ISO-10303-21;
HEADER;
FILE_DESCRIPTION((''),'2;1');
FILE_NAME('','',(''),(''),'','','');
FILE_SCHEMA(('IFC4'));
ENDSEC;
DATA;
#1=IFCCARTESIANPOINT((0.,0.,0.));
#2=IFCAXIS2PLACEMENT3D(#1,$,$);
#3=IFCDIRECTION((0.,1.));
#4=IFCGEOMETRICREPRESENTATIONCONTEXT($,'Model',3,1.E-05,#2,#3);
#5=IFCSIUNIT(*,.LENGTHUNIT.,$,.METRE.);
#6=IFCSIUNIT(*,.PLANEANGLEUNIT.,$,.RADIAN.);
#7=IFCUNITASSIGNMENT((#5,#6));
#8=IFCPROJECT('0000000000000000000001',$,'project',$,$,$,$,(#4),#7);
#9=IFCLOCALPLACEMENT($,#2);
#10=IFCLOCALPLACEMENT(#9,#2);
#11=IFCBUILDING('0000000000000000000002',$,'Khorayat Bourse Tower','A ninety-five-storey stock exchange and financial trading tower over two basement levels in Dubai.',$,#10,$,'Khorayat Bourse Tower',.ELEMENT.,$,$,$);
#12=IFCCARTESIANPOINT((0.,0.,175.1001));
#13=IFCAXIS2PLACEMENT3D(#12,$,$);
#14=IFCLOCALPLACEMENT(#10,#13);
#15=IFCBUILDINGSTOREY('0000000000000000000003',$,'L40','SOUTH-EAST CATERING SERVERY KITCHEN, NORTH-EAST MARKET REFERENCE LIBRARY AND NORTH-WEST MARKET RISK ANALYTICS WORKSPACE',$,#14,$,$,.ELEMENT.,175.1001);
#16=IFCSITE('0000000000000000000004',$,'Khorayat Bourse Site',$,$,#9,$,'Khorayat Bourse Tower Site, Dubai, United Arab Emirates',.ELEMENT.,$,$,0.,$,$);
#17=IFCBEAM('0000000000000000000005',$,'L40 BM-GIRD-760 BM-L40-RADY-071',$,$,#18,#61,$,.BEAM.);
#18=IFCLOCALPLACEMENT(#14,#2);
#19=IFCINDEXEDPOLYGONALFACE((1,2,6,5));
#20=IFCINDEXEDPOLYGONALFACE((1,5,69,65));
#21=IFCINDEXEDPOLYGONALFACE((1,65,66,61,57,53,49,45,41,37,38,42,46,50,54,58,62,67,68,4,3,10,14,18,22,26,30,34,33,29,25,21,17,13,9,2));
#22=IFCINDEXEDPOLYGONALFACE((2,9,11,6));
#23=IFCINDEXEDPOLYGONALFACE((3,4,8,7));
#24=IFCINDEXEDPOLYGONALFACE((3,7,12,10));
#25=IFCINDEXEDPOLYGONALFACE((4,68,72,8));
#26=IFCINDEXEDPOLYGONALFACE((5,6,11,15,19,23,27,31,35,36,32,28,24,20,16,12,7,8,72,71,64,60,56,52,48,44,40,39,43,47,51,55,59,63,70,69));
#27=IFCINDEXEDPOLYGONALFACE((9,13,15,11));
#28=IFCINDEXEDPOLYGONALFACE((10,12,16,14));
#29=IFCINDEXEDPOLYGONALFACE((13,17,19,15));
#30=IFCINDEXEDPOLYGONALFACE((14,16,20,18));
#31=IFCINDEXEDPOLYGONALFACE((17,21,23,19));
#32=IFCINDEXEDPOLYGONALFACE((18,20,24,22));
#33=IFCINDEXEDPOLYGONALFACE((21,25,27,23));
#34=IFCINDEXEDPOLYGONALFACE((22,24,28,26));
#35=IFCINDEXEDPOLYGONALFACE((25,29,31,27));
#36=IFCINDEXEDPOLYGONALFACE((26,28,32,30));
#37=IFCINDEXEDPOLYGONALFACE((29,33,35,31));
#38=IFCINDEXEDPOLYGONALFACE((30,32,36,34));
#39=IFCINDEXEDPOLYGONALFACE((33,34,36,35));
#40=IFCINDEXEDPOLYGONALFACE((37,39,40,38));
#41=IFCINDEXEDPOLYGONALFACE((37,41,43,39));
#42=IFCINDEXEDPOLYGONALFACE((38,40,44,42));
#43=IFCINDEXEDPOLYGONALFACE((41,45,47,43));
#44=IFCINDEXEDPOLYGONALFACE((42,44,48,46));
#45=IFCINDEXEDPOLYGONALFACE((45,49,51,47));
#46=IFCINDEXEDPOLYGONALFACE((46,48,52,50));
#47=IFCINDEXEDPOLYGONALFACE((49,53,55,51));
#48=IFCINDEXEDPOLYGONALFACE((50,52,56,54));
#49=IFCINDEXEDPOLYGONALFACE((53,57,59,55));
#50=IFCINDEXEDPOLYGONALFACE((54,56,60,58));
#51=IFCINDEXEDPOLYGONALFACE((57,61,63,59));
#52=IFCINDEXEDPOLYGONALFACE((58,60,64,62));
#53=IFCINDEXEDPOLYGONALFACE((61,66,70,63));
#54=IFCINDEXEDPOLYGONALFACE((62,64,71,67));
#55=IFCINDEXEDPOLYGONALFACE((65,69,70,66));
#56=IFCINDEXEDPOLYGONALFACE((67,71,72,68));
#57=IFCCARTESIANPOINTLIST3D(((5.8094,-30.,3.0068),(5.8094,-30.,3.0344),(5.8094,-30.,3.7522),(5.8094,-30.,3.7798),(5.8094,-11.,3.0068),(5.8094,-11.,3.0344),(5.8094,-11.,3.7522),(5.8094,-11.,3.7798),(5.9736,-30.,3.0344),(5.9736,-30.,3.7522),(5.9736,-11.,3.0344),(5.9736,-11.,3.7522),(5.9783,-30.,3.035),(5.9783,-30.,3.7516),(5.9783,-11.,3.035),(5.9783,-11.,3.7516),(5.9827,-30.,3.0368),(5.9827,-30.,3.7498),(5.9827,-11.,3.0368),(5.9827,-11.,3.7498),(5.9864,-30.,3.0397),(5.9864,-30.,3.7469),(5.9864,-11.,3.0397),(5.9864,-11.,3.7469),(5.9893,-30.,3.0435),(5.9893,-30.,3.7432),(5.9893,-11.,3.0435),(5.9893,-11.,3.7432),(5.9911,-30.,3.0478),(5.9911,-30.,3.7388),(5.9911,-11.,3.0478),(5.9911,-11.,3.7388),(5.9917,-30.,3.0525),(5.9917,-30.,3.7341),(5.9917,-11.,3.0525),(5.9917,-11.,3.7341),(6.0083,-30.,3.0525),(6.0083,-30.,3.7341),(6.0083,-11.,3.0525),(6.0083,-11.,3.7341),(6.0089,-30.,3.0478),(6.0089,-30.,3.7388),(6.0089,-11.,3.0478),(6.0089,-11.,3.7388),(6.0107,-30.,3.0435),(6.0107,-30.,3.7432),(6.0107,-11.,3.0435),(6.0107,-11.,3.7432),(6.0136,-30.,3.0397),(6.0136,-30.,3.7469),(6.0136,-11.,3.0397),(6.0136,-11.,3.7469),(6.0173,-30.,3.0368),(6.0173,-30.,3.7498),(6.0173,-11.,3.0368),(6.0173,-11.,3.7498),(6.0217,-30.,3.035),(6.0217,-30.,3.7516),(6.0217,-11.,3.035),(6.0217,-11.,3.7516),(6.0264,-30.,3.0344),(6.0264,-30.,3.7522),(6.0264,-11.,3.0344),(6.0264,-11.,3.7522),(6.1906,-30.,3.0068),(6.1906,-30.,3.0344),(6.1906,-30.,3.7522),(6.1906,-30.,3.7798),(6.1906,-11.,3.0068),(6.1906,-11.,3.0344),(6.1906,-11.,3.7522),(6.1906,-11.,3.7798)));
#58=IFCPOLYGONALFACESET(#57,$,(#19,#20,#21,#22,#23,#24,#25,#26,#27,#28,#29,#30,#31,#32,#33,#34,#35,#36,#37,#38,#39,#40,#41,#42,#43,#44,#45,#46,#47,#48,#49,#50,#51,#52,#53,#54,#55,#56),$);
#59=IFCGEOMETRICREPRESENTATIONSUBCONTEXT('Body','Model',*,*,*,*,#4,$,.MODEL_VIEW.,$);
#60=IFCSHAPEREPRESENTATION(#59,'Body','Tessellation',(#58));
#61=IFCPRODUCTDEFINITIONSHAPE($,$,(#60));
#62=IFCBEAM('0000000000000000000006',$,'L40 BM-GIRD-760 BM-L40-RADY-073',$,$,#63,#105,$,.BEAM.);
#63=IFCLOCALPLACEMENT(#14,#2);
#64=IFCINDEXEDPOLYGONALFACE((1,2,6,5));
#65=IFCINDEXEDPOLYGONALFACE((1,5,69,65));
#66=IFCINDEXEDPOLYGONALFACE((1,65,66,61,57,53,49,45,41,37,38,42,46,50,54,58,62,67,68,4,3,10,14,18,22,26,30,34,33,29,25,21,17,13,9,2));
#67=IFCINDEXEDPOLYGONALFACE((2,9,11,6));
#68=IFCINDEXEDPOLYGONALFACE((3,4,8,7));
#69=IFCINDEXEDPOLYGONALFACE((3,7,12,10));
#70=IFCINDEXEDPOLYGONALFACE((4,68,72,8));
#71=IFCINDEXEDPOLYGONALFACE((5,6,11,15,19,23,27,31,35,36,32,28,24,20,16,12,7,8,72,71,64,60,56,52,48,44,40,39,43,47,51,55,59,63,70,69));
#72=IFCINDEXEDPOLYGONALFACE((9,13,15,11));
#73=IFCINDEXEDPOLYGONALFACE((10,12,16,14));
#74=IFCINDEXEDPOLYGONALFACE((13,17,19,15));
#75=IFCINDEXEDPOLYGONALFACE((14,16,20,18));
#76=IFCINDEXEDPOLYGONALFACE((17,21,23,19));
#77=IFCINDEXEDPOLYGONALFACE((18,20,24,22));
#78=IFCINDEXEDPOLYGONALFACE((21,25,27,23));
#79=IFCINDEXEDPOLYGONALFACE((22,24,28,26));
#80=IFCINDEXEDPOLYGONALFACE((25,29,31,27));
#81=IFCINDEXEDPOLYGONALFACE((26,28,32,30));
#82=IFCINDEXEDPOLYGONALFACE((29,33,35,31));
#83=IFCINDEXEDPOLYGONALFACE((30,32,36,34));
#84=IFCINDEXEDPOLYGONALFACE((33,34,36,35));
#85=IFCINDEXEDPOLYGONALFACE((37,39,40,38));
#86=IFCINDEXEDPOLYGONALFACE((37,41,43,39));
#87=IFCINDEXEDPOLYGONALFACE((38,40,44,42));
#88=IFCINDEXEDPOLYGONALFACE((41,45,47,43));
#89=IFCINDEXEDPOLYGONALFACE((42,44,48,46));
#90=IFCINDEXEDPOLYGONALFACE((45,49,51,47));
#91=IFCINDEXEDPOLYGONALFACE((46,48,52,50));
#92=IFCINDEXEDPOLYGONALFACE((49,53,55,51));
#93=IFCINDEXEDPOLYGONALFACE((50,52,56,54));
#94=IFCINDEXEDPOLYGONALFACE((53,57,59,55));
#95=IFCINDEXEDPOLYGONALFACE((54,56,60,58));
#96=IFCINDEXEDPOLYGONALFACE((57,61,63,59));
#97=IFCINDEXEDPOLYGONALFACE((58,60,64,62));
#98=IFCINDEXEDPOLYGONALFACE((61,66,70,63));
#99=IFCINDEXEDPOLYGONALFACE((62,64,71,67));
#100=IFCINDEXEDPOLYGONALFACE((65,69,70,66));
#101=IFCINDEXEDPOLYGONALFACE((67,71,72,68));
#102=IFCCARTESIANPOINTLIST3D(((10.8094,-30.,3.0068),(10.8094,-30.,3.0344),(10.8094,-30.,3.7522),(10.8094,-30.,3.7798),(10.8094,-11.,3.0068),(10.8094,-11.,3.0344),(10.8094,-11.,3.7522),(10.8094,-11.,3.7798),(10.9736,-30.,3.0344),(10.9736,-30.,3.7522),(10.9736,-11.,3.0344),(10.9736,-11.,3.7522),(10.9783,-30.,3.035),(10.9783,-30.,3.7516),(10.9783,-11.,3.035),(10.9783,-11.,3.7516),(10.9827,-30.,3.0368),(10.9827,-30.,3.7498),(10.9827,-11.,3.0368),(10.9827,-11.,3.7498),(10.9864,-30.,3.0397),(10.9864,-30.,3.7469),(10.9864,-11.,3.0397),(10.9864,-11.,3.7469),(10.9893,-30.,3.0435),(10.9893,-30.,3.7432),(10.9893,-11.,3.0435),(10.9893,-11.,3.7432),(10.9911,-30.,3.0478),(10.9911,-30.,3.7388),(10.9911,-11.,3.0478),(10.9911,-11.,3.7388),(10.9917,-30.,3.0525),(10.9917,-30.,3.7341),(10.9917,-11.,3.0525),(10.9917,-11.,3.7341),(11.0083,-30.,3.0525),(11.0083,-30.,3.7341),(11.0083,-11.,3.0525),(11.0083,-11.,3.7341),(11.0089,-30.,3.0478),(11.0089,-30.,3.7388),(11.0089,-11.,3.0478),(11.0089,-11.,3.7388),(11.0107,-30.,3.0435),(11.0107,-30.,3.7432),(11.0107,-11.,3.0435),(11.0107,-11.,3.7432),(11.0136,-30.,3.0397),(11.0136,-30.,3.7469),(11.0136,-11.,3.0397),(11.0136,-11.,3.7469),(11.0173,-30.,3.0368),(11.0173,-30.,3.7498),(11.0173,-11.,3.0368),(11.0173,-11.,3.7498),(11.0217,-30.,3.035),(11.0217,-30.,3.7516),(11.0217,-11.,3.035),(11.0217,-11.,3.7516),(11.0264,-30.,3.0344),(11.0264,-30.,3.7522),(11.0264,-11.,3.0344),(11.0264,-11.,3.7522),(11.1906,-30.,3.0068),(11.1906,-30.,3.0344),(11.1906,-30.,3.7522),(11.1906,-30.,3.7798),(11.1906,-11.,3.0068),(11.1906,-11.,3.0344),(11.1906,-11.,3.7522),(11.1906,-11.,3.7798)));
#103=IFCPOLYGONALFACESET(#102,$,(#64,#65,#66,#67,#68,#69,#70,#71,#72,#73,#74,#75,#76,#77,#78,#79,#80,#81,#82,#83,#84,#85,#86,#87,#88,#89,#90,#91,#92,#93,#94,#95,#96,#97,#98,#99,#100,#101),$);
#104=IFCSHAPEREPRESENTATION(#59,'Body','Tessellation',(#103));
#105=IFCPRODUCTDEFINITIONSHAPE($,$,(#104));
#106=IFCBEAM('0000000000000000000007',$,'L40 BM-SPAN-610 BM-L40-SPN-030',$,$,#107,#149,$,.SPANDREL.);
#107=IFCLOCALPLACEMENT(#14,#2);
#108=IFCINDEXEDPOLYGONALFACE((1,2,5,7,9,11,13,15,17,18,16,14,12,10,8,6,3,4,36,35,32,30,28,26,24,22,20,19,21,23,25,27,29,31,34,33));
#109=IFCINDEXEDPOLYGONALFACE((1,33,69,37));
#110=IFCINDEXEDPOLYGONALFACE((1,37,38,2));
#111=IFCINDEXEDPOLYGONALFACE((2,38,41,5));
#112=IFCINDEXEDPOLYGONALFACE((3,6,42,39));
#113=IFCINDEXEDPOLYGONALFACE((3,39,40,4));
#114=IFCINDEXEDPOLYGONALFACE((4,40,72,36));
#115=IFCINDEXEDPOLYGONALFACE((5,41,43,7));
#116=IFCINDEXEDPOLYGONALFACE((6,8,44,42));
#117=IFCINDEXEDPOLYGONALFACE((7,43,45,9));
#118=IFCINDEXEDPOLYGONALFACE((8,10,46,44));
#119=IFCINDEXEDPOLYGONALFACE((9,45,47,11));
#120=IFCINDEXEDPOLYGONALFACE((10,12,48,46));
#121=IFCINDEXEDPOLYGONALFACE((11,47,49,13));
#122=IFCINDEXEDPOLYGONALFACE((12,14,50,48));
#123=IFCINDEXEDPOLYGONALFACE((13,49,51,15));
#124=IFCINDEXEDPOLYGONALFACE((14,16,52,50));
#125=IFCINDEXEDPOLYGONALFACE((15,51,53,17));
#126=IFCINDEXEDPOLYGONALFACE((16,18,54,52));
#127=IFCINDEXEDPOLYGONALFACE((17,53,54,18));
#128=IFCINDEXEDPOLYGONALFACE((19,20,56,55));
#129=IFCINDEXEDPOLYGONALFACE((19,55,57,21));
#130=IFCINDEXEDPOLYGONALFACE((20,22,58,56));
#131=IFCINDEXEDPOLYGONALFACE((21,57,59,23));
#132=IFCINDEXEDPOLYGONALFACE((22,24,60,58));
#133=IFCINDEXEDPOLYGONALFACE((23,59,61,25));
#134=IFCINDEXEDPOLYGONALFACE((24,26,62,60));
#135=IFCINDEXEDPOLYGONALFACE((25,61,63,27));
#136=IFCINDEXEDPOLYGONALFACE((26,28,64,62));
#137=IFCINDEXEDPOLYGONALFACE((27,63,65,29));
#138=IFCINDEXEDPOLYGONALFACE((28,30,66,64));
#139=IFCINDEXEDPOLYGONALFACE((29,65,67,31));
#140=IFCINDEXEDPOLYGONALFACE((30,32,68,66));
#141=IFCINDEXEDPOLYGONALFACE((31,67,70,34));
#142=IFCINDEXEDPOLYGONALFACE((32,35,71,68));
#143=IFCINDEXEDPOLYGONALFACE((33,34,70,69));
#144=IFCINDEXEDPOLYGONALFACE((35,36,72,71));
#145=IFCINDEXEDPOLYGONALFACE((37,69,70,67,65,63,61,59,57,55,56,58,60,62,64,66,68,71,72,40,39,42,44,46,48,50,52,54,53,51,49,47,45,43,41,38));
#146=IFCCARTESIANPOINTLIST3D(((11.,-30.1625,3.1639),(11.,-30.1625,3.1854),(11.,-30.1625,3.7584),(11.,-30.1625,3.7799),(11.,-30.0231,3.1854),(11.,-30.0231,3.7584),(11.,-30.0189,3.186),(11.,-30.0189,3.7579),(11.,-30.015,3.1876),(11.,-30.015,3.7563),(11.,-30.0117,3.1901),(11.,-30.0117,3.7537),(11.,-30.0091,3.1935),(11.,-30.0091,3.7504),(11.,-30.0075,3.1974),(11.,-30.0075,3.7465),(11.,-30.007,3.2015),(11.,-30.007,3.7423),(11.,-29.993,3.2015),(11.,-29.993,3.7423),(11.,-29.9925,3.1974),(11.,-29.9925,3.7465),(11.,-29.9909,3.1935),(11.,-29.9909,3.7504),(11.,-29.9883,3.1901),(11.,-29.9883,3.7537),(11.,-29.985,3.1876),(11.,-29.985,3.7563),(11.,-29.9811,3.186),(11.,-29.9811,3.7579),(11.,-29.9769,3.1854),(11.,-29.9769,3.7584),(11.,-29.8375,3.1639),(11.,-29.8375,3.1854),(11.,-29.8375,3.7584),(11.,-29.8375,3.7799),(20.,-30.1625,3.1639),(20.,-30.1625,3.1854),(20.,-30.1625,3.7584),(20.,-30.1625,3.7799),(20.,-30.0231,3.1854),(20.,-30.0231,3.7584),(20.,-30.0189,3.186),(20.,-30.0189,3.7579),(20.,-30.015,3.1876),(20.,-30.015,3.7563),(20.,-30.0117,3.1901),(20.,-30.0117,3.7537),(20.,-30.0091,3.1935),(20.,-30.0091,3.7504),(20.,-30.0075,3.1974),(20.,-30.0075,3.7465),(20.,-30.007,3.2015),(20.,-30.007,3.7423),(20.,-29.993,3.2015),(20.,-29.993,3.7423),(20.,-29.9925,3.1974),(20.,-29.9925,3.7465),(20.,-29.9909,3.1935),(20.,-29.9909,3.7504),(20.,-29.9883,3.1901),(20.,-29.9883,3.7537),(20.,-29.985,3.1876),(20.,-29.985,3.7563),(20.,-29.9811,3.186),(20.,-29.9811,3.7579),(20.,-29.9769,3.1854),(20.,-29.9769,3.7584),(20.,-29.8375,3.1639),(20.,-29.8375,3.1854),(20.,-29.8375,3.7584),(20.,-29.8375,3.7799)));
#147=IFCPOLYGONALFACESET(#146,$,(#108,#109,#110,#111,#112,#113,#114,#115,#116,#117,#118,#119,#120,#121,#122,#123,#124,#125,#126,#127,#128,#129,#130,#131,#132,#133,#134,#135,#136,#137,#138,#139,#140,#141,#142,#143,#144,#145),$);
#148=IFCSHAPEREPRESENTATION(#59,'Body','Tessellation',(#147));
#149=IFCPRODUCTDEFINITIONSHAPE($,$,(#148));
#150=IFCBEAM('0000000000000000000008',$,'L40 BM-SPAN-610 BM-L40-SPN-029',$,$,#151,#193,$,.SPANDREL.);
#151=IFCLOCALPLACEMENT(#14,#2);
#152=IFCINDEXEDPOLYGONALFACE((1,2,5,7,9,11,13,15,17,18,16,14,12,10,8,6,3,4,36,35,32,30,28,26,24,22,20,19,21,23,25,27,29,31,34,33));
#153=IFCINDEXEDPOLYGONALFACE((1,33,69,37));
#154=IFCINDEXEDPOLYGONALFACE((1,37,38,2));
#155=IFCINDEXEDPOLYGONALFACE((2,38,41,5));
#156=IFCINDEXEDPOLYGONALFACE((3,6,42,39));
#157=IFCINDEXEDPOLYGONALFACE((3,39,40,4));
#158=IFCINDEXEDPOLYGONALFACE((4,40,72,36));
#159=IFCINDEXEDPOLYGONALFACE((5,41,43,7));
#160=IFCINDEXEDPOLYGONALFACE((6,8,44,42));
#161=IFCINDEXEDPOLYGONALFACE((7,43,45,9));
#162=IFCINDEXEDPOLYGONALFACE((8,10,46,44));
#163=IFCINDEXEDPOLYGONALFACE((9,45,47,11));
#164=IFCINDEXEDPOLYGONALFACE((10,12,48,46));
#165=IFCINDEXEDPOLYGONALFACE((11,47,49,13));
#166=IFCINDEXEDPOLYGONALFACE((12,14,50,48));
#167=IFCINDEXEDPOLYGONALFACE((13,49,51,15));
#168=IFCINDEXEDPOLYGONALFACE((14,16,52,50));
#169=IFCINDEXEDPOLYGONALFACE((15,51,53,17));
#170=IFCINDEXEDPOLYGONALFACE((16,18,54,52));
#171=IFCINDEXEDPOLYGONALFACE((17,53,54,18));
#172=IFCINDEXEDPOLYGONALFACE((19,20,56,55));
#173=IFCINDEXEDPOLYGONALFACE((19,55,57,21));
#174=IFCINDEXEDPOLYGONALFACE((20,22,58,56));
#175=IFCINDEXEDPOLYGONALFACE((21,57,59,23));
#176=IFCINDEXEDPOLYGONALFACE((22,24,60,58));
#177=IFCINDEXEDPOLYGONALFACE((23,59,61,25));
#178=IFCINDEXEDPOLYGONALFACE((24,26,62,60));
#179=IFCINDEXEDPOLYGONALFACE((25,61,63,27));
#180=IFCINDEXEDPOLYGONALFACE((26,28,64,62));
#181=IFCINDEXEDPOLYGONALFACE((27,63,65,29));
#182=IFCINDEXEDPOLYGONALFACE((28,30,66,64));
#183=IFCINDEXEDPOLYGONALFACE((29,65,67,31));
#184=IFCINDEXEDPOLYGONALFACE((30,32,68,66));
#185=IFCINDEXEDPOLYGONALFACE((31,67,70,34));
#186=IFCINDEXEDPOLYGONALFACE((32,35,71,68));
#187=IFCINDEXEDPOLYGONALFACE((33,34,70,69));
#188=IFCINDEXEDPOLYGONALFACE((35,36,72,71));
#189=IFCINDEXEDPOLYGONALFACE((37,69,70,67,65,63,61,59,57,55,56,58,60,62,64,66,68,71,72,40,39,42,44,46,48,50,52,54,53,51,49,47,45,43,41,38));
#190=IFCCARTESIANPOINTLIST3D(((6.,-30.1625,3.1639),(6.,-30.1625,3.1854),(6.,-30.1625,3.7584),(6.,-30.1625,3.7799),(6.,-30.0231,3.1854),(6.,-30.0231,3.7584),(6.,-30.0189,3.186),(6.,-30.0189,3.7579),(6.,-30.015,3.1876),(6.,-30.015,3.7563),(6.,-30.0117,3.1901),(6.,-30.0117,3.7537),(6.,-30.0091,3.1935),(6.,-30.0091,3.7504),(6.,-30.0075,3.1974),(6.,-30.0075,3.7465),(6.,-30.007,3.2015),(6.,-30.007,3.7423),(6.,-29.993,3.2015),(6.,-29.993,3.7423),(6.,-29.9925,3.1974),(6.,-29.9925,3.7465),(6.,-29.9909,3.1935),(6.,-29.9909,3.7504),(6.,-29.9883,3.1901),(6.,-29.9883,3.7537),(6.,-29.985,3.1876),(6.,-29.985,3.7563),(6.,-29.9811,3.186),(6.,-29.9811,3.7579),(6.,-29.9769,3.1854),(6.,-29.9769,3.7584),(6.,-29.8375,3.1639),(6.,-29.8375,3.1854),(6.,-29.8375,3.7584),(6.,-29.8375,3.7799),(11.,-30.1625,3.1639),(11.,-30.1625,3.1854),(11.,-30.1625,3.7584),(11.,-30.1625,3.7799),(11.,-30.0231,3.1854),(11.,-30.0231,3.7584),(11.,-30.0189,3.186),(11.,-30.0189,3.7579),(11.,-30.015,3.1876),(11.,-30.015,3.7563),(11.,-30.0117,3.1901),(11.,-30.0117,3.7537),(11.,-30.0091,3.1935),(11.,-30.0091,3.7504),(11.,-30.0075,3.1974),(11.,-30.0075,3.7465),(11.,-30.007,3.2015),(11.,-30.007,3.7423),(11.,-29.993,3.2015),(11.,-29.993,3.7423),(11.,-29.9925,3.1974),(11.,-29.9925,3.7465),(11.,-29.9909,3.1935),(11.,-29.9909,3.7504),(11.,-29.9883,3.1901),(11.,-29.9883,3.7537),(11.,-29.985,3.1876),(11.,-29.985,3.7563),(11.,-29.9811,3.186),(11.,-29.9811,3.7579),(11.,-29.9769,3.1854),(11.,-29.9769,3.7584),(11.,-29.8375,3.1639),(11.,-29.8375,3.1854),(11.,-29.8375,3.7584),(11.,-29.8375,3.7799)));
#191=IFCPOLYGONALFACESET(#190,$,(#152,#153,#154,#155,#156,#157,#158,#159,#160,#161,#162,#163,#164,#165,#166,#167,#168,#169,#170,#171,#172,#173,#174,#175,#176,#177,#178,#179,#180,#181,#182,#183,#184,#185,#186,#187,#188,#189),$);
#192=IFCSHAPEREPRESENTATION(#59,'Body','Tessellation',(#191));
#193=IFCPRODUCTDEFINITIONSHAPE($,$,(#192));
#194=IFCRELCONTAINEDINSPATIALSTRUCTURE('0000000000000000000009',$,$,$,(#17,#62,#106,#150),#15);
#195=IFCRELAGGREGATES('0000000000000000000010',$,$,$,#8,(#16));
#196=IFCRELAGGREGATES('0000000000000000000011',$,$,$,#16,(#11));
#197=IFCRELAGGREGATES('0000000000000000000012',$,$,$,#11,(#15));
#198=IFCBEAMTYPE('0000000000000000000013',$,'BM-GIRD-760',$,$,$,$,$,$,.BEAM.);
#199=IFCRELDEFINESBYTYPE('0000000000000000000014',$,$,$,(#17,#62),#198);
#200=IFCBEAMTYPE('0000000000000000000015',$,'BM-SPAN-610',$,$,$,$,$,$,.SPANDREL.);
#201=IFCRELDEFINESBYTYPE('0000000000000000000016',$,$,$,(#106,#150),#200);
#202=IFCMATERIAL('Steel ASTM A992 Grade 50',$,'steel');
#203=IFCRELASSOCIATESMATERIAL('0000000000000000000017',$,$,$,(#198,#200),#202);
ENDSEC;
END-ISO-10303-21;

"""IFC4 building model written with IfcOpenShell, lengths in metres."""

from ifc_helpers import new_model, si_unit, direction, frame, origin, origin_2d, place, context, subcontext, project, spatial, i_section, extrude, source, transform, mapped, material, material_profile, profile_set, type_object, element, save


model = new_model("IFC4")

# Units and contexts
model_context = context("Model", 3, precision=1e-05, world=origin(), true_north=direction((0.0, 1.0)))
body_context = subcontext(model_context, "Body", "Model", "MODEL_VIEW")
ifc_project = project(units=[si_unit("LENGTHUNIT", "METRE"), si_unit("PLANEANGLEUNIT", "RADIAN")], contexts=[model_context])

# Site, building, storey
site_placement = place(None, origin())
site = spatial("IfcSite", under=ifc_project, at=site_placement, Name="Khorayat Bourse Site", LongName="Khorayat Bourse Tower Site, Dubai, United Arab Emirates", CompositionType="ELEMENT", RefElevation=0.0)
building_placement = place(site_placement, origin())
building = spatial("IfcBuilding", under=site, at=building_placement, Name="Khorayat Bourse Tower", Description="A ninety-five-storey stock exchange and financial trading tower over two basement levels in Dubai.", LongName="Khorayat Bourse Tower", CompositionType="ELEMENT")
storey_placement = place(building_placement, frame((0.0, 0.0, 175.1001)))
storey = spatial("IfcBuildingStorey", under=building, at=storey_placement, Name="L40", Description="SOUTH-EAST CATERING SERVERY KITCHEN, NORTH-EAST MARKET REFERENCE LIBRARY AND NORTH-WEST MARKET RISK ANALYTICS WORKSPACE", CompositionType="ELEMENT", Elevation=175.1001)

# Beams
ifc_material_1 = material(Name="Steel ASTM A992 Grade 50", Category="steel")
ifc_material_profile_1 = material_profile(ifc_material_1, i_section(OverallWidth=0.3811, OverallDepth=0.7729, WebThickness=0.0166, FlangeThickness=0.0276, FilletRadius=0.0181, at=origin_2d()), Name="W760X257")
ifc_profile_set_1 = profile_set([ifc_material_profile_1], Name="Steel ASTM A992 Grade 50")
beam_type_1 = type_object("IfcBeamType", Name="BM-GIRD-760", PredefinedType="BEAM", material=ifc_profile_set_1)
shared_shape_1 = source(origin(), body_context, "Body", "SweptSolid", [
    extrude(i_section(OverallWidth=0.3811, OverallDepth=0.7729, WebThickness=0.0166, FlangeThickness=0.0276, FilletRadius=0.0181, at=origin_2d()), origin(), (0.0, 0.0, 1.0), 19.0),
])
for number, where, z_axis, x_axis, name in (
    (1, (6.0, -30.0, 3.3933), (0.0, 1.0, 0.0), (-1.0, 0.0, 0.0), "L40 BM-GIRD-760 BM-L40-RADY-071"),
    (2, (11.0, -30.0, 3.3933), (0.0, 1.0, 0.0), (-1.0, 0.0, 0.0), "L40 BM-GIRD-760 BM-L40-RADY-073"),
):
    element("IfcBeam", number, at=place(storey_placement, frame(where, z_axis=z_axis, x_axis=x_axis)), inside=storey, type_object=beam_type_1, Name=name, PredefinedType="BEAM", context=body_context, shape_type="MappedRepresentation", body=[
        mapped(shared_shape_1, transform((0.0, 0.0, 0.0), scale=1.0)),
    ])
ifc_material_profile_2 = material_profile(ifc_material_1, i_section(OverallWidth=0.325, OverallDepth=0.616, WebThickness=0.0139, FlangeThickness=0.0215, FilletRadius=0.0161, at=origin_2d()), Name="W610X174")
ifc_profile_set_2 = profile_set([ifc_material_profile_2], Name="Steel ASTM A992 Grade 50")
beam_type_2 = type_object("IfcBeamType", Name="BM-SPAN-610", PredefinedType="SPANDREL", material=ifc_profile_set_2)
shared_shape_2 = source(origin(), body_context, "Body", "SweptSolid", [
    extrude(i_section(OverallWidth=0.325, OverallDepth=0.616, WebThickness=0.0139, FlangeThickness=0.0215, FilletRadius=0.0161, at=origin_2d()), origin(), (0.0, 0.0, 1.0), 9.0),
])
beam_1_placement = place(storey_placement, frame((11.0, -30.0, 3.4719), z_axis=(1.0, 0.0, 0.0), x_axis=(0.0, 1.0, 0.0)))
element("IfcBeam", 3, at=beam_1_placement, inside=storey, type_object=beam_type_2, Name="L40 BM-SPAN-610 BM-L40-SPN-030", PredefinedType="SPANDREL", context=body_context, shape_type="MappedRepresentation", body=[
    mapped(shared_shape_2, transform((0.0, 0.0, 0.0), scale=1.0)),
])
shared_shape_3 = source(origin(), body_context, "Body", "SweptSolid", [
    extrude(i_section(OverallWidth=0.325, OverallDepth=0.616, WebThickness=0.0139, FlangeThickness=0.0215, FilletRadius=0.0161, at=origin_2d()), origin(), (0.0, 0.0, 1.0), 5.0),
])
beam_2_placement = place(storey_placement, frame((6.0, -30.0, 3.4719), z_axis=(1.0, 0.0, 0.0), x_axis=(0.0, 1.0, 0.0)))
element("IfcBeam", 4, at=beam_2_placement, inside=storey, type_object=beam_type_2, Name="L40 BM-SPAN-610 BM-L40-SPN-029", PredefinedType="SPANDREL", context=body_context, shape_type="MappedRepresentation", body=[
    mapped(shared_shape_3, transform((0.0, 0.0, 0.0), scale=1.0)),
])

save(model, "model.ifc")
